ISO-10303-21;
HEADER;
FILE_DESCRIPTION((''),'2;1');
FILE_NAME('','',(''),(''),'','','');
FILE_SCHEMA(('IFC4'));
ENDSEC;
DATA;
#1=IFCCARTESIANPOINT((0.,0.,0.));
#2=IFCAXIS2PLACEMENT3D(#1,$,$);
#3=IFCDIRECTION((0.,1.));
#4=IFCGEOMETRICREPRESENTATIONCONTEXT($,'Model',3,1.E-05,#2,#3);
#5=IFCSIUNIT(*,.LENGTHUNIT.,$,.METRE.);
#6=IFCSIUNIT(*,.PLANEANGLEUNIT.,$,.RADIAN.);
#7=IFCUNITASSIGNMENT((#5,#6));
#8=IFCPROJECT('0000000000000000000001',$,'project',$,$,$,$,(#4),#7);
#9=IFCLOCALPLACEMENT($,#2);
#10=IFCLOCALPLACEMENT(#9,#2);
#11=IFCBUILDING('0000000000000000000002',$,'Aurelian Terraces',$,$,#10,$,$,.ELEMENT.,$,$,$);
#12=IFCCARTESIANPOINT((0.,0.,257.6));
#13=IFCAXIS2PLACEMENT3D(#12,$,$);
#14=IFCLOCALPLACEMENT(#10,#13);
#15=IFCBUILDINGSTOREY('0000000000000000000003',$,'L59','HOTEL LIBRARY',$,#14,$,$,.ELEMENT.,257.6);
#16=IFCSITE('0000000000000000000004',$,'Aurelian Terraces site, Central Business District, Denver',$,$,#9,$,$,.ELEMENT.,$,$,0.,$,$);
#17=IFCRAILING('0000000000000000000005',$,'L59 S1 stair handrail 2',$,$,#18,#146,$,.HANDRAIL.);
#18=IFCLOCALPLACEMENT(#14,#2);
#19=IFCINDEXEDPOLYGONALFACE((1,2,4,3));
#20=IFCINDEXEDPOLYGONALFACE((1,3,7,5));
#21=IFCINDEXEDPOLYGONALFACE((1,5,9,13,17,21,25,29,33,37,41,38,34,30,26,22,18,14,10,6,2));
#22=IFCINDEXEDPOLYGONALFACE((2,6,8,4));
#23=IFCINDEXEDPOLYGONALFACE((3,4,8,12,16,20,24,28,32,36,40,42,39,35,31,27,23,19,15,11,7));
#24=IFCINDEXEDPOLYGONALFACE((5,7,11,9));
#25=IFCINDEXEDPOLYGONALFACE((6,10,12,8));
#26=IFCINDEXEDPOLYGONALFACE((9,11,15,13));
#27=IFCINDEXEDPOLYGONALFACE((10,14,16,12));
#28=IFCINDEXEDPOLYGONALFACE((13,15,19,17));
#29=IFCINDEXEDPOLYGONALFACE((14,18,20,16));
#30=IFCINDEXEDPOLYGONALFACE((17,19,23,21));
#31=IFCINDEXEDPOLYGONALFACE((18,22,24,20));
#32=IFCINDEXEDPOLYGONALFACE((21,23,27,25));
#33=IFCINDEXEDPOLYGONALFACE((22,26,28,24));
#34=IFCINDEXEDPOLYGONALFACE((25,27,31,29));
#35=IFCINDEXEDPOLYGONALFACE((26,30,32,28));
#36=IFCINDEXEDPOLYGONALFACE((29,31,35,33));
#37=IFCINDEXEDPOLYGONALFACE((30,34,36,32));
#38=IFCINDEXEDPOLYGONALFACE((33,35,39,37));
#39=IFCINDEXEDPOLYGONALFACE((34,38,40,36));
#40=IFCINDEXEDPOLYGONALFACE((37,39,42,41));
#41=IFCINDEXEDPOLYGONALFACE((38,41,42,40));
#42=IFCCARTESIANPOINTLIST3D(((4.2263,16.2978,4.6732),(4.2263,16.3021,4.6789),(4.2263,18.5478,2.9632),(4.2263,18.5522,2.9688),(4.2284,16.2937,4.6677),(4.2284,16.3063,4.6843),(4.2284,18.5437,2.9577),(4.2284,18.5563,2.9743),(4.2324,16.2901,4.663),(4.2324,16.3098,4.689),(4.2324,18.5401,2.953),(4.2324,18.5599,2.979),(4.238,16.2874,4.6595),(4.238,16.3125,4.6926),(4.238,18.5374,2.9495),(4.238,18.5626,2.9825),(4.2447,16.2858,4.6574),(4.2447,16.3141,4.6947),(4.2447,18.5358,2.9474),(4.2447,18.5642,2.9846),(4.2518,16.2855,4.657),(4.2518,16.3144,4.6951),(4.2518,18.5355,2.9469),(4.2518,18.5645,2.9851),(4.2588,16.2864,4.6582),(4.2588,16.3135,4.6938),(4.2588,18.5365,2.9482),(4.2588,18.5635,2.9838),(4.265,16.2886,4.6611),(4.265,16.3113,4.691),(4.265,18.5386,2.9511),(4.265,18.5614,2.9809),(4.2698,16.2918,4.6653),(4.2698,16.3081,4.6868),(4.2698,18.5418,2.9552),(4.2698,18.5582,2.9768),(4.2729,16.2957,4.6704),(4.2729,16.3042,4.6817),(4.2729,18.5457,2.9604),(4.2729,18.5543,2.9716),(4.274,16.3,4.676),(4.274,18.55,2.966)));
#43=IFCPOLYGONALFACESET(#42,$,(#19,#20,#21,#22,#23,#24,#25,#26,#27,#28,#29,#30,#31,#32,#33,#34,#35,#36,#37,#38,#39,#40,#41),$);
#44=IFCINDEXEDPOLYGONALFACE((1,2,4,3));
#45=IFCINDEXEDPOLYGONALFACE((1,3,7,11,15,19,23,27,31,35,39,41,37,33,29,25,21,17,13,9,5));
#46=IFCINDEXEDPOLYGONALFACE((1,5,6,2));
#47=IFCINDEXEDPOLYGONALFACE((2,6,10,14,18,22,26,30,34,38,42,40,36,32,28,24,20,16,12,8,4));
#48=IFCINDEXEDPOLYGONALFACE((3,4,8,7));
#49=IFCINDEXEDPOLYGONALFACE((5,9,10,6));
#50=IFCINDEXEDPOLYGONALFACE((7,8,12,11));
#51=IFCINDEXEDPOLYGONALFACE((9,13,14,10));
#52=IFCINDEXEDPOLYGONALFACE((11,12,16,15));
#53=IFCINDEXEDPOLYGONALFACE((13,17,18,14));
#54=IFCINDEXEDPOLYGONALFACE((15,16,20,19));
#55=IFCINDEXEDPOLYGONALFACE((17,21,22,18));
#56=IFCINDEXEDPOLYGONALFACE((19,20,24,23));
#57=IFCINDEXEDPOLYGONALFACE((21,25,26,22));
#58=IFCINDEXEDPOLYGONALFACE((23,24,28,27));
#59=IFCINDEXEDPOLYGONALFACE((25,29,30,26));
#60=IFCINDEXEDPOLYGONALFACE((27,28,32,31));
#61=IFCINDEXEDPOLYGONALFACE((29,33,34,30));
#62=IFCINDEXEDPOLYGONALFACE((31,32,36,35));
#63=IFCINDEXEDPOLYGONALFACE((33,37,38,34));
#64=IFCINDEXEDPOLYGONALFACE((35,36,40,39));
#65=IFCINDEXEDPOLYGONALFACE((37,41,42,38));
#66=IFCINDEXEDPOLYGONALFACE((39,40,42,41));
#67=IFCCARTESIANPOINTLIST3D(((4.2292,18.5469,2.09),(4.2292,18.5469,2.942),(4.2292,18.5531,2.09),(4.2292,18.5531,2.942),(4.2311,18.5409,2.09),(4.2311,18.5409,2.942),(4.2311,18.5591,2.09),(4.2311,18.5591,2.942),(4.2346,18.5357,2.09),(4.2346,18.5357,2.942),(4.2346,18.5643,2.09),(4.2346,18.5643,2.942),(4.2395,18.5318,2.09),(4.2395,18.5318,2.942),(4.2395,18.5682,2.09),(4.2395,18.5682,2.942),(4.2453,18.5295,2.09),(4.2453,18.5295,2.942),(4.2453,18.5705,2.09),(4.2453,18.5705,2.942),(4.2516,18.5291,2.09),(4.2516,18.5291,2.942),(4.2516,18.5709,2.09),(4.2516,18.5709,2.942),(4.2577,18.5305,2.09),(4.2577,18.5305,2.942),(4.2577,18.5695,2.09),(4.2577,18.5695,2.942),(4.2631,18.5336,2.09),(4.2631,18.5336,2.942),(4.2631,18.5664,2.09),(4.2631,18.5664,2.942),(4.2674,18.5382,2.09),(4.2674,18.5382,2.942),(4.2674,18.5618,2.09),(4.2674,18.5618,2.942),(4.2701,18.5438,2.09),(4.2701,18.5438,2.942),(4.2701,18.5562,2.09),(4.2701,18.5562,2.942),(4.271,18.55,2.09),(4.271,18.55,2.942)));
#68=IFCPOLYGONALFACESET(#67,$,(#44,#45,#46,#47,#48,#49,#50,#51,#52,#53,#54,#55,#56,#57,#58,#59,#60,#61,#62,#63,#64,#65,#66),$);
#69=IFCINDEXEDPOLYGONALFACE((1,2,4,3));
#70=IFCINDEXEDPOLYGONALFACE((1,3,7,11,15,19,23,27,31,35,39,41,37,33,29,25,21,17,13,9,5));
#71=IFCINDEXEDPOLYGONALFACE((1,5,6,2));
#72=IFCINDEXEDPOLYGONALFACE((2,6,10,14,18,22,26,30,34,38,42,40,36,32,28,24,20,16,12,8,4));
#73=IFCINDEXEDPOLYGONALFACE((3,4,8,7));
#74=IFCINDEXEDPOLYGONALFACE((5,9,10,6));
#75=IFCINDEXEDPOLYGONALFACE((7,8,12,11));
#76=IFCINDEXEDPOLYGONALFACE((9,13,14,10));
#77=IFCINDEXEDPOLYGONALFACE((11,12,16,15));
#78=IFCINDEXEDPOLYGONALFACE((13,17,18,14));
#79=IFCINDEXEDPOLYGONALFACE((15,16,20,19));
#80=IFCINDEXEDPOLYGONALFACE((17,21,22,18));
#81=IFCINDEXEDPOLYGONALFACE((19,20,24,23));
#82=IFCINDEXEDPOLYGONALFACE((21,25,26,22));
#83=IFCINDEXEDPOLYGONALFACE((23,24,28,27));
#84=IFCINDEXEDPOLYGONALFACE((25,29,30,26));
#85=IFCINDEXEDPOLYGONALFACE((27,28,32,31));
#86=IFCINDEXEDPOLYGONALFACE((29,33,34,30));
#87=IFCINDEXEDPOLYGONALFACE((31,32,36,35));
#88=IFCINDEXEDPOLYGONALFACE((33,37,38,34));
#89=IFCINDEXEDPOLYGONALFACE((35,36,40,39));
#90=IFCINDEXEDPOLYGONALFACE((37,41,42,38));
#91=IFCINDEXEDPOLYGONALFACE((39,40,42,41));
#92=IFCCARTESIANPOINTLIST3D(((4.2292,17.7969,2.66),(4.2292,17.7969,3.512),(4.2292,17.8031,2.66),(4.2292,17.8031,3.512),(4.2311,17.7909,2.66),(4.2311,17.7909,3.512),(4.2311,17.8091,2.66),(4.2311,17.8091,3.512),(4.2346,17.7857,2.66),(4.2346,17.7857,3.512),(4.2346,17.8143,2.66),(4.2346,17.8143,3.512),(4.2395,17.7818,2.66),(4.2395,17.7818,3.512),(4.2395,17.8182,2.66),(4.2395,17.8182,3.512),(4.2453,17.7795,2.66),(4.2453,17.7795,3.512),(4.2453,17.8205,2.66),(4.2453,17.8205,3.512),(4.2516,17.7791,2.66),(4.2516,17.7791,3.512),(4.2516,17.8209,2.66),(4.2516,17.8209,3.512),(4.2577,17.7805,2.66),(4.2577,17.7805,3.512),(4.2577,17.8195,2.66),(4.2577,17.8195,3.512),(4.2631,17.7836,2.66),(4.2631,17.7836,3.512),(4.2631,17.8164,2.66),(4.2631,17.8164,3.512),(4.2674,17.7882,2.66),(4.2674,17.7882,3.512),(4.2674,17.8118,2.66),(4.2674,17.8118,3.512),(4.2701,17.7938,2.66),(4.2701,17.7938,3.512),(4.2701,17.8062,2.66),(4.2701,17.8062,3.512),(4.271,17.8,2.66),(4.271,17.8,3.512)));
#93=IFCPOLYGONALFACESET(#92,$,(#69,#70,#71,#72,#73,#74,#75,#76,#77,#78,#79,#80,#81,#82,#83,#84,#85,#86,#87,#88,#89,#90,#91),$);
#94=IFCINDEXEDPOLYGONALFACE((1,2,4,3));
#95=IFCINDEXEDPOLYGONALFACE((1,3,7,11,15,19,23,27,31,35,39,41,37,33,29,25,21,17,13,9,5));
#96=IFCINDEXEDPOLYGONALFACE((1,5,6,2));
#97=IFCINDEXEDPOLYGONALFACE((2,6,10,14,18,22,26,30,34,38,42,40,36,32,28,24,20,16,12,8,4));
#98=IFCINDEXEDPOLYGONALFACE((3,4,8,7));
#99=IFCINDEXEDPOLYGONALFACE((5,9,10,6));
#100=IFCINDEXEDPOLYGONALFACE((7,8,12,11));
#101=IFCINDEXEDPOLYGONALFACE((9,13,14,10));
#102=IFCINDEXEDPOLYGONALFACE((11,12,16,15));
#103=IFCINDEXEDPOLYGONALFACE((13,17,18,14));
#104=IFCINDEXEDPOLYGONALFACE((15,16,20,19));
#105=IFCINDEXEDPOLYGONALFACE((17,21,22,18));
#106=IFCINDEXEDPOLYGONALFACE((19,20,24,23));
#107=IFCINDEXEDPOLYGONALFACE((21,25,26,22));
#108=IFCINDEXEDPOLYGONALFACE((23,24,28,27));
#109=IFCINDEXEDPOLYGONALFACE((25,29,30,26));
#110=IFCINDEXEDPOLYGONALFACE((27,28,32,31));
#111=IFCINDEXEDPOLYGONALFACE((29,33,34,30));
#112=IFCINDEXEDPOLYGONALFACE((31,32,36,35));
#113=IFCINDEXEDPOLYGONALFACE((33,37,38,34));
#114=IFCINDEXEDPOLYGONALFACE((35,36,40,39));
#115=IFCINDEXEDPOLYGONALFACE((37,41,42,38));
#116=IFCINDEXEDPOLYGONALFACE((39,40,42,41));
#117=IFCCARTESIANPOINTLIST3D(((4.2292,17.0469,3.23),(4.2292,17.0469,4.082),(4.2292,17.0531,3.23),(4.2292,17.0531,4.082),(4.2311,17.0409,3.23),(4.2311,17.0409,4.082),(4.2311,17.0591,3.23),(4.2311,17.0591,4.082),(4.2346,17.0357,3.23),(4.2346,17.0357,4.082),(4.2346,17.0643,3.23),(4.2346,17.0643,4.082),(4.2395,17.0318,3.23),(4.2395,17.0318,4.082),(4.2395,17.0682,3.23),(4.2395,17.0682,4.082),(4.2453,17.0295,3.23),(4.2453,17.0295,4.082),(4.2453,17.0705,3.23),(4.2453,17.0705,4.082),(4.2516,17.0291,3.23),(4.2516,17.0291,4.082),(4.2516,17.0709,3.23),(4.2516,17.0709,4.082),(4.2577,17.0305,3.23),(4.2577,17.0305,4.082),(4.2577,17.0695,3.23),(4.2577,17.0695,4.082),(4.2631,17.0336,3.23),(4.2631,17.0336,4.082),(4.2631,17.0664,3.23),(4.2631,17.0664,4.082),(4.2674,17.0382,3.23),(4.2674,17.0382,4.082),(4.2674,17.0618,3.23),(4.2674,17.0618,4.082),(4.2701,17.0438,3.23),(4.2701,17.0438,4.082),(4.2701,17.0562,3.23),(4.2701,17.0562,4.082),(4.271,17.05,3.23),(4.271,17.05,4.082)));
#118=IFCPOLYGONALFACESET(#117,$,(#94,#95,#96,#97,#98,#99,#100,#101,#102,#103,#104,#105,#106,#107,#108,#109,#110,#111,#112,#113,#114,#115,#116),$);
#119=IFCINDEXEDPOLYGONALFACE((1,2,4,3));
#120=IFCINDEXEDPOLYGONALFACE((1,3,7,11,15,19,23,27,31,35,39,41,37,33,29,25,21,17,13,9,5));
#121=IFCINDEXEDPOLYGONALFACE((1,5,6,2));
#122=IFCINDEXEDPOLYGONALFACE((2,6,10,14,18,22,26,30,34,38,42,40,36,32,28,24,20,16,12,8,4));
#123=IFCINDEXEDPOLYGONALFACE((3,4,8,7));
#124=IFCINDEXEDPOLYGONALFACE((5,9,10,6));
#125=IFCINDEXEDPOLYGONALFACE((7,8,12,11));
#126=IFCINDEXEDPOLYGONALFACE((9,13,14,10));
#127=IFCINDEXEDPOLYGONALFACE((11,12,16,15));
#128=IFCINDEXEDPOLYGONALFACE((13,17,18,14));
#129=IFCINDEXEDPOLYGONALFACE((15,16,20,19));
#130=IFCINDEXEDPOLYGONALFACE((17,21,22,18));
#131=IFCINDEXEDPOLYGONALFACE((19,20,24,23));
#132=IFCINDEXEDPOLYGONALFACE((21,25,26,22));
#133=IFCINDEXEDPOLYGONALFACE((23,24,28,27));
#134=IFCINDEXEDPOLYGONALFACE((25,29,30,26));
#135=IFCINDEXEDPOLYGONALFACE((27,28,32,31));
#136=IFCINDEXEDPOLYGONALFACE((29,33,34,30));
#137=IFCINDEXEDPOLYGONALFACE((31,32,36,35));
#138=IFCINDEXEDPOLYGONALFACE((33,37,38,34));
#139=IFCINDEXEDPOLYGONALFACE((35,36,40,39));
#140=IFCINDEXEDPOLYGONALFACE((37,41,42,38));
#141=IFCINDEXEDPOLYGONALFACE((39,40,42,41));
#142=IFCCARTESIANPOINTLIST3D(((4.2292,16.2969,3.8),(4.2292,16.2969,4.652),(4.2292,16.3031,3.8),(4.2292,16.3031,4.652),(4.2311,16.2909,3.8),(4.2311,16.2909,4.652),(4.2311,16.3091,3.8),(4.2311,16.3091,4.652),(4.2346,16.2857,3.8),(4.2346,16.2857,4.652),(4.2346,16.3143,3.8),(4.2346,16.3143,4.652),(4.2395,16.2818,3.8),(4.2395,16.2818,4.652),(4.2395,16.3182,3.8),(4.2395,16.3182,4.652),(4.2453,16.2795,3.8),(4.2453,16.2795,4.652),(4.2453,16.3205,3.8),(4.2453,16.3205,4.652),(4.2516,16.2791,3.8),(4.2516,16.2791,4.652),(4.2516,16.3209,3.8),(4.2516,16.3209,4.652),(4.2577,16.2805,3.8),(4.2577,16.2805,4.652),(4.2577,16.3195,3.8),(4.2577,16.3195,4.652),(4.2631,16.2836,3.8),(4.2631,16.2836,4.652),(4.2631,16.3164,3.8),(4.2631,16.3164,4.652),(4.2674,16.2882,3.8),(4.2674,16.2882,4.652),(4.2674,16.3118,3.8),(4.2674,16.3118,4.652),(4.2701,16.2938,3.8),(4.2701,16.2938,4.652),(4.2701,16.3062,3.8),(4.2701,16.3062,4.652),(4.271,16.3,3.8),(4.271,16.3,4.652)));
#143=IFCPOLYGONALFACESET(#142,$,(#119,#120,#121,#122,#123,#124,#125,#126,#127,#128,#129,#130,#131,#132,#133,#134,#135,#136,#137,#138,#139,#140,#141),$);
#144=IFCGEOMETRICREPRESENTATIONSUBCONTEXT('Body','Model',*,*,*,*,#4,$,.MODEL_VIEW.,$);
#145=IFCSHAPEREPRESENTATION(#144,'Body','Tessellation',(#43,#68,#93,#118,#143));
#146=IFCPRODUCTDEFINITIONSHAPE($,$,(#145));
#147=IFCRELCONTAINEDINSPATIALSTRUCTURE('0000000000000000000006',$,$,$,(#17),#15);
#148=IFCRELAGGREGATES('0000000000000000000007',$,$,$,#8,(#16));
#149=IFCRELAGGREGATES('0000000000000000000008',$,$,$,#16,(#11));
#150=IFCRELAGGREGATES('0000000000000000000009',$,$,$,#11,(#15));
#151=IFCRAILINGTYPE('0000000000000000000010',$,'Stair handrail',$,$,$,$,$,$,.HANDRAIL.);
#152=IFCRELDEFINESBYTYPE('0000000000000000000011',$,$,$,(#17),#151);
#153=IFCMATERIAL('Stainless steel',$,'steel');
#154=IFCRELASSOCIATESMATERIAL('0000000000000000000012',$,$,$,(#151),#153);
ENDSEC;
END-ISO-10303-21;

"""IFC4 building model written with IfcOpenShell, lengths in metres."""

from ifc_helpers import new_model, si_unit, direction, frame, origin, origin_2d, place, context, subcontext, project, spatial, circle, extrude, source, transform, mapped, material, type_object, element, save


model = new_model("IFC4")

# Units and contexts
model_context = context("Model", 3, precision=1e-05, world=origin(), true_north=direction((0.0, 1.0)))
body_context = subcontext(model_context, "Body", "Model", "MODEL_VIEW")
ifc_project = project(units=[si_unit("LENGTHUNIT", "METRE"), si_unit("PLANEANGLEUNIT", "RADIAN")], contexts=[model_context])

# Site, building, storey
site_placement = place(None, origin())
site = spatial("IfcSite", under=ifc_project, at=site_placement, Name="Aurelian Terraces site, Central Business District, Denver", CompositionType="ELEMENT", RefElevation=0.0)
building_placement = place(site_placement, origin())
building = spatial("IfcBuilding", under=site, at=building_placement, Name="Aurelian Terraces", CompositionType="ELEMENT")
storey_placement = place(building_placement, frame((0.0, 0.0, 257.6)))
storey = spatial("IfcBuildingStorey", under=building, at=storey_placement, Name="L59", Description="HOTEL LIBRARY", CompositionType="ELEMENT", Elevation=257.6)

# Railing
ifc_material_1 = material(Name="Stainless steel", Category="steel")
railing_type_1 = type_object("IfcRailingType", Name="Stair handrail", PredefinedType="HANDRAIL", material=ifc_material_1)
shared_shape_1 = source(origin(), body_context, "Body", "SweptSolid", [
    extrude(circle(Radius=0.024, at=origin_2d()), frame((0.0, 0.0, 0.876), z_axis=(0.0, -0.796162, 0.605083), x_axis=(1.0, 0.0, 0.0)), (0.0, 0.0, 1.0), 2.8261),
    extrude(circle(Radius=0.021, at=origin_2d()), origin(), (0.0, 0.0, 1.0), 0.852),
    extrude(circle(Radius=0.021, at=origin_2d()), frame((0.0, -0.75, 0.57)), (0.0, 0.0, 1.0), 0.852),
    extrude(circle(Radius=0.021, at=origin_2d()), frame((0.0, -1.5, 1.14)), (0.0, 0.0, 1.0), 0.852),
    extrude(circle(Radius=0.021, at=origin_2d()), frame((0.0, -2.25, 1.71)), (0.0, 0.0, 1.0), 0.852),
])
railing_1_placement = place(storey_placement, frame((4.25, 18.55, 2.09)))
element("IfcRailing", 1, at=railing_1_placement, inside=storey, type_object=railing_type_1, Name="L59 S1 stair handrail 2", PredefinedType="HANDRAIL", context=body_context, shape_type="MappedRepresentation", body=[
    mapped(shared_shape_1, transform((0.0, 0.0, 0.0), scale=1.0)),
])

save(model, "model.ifc")
